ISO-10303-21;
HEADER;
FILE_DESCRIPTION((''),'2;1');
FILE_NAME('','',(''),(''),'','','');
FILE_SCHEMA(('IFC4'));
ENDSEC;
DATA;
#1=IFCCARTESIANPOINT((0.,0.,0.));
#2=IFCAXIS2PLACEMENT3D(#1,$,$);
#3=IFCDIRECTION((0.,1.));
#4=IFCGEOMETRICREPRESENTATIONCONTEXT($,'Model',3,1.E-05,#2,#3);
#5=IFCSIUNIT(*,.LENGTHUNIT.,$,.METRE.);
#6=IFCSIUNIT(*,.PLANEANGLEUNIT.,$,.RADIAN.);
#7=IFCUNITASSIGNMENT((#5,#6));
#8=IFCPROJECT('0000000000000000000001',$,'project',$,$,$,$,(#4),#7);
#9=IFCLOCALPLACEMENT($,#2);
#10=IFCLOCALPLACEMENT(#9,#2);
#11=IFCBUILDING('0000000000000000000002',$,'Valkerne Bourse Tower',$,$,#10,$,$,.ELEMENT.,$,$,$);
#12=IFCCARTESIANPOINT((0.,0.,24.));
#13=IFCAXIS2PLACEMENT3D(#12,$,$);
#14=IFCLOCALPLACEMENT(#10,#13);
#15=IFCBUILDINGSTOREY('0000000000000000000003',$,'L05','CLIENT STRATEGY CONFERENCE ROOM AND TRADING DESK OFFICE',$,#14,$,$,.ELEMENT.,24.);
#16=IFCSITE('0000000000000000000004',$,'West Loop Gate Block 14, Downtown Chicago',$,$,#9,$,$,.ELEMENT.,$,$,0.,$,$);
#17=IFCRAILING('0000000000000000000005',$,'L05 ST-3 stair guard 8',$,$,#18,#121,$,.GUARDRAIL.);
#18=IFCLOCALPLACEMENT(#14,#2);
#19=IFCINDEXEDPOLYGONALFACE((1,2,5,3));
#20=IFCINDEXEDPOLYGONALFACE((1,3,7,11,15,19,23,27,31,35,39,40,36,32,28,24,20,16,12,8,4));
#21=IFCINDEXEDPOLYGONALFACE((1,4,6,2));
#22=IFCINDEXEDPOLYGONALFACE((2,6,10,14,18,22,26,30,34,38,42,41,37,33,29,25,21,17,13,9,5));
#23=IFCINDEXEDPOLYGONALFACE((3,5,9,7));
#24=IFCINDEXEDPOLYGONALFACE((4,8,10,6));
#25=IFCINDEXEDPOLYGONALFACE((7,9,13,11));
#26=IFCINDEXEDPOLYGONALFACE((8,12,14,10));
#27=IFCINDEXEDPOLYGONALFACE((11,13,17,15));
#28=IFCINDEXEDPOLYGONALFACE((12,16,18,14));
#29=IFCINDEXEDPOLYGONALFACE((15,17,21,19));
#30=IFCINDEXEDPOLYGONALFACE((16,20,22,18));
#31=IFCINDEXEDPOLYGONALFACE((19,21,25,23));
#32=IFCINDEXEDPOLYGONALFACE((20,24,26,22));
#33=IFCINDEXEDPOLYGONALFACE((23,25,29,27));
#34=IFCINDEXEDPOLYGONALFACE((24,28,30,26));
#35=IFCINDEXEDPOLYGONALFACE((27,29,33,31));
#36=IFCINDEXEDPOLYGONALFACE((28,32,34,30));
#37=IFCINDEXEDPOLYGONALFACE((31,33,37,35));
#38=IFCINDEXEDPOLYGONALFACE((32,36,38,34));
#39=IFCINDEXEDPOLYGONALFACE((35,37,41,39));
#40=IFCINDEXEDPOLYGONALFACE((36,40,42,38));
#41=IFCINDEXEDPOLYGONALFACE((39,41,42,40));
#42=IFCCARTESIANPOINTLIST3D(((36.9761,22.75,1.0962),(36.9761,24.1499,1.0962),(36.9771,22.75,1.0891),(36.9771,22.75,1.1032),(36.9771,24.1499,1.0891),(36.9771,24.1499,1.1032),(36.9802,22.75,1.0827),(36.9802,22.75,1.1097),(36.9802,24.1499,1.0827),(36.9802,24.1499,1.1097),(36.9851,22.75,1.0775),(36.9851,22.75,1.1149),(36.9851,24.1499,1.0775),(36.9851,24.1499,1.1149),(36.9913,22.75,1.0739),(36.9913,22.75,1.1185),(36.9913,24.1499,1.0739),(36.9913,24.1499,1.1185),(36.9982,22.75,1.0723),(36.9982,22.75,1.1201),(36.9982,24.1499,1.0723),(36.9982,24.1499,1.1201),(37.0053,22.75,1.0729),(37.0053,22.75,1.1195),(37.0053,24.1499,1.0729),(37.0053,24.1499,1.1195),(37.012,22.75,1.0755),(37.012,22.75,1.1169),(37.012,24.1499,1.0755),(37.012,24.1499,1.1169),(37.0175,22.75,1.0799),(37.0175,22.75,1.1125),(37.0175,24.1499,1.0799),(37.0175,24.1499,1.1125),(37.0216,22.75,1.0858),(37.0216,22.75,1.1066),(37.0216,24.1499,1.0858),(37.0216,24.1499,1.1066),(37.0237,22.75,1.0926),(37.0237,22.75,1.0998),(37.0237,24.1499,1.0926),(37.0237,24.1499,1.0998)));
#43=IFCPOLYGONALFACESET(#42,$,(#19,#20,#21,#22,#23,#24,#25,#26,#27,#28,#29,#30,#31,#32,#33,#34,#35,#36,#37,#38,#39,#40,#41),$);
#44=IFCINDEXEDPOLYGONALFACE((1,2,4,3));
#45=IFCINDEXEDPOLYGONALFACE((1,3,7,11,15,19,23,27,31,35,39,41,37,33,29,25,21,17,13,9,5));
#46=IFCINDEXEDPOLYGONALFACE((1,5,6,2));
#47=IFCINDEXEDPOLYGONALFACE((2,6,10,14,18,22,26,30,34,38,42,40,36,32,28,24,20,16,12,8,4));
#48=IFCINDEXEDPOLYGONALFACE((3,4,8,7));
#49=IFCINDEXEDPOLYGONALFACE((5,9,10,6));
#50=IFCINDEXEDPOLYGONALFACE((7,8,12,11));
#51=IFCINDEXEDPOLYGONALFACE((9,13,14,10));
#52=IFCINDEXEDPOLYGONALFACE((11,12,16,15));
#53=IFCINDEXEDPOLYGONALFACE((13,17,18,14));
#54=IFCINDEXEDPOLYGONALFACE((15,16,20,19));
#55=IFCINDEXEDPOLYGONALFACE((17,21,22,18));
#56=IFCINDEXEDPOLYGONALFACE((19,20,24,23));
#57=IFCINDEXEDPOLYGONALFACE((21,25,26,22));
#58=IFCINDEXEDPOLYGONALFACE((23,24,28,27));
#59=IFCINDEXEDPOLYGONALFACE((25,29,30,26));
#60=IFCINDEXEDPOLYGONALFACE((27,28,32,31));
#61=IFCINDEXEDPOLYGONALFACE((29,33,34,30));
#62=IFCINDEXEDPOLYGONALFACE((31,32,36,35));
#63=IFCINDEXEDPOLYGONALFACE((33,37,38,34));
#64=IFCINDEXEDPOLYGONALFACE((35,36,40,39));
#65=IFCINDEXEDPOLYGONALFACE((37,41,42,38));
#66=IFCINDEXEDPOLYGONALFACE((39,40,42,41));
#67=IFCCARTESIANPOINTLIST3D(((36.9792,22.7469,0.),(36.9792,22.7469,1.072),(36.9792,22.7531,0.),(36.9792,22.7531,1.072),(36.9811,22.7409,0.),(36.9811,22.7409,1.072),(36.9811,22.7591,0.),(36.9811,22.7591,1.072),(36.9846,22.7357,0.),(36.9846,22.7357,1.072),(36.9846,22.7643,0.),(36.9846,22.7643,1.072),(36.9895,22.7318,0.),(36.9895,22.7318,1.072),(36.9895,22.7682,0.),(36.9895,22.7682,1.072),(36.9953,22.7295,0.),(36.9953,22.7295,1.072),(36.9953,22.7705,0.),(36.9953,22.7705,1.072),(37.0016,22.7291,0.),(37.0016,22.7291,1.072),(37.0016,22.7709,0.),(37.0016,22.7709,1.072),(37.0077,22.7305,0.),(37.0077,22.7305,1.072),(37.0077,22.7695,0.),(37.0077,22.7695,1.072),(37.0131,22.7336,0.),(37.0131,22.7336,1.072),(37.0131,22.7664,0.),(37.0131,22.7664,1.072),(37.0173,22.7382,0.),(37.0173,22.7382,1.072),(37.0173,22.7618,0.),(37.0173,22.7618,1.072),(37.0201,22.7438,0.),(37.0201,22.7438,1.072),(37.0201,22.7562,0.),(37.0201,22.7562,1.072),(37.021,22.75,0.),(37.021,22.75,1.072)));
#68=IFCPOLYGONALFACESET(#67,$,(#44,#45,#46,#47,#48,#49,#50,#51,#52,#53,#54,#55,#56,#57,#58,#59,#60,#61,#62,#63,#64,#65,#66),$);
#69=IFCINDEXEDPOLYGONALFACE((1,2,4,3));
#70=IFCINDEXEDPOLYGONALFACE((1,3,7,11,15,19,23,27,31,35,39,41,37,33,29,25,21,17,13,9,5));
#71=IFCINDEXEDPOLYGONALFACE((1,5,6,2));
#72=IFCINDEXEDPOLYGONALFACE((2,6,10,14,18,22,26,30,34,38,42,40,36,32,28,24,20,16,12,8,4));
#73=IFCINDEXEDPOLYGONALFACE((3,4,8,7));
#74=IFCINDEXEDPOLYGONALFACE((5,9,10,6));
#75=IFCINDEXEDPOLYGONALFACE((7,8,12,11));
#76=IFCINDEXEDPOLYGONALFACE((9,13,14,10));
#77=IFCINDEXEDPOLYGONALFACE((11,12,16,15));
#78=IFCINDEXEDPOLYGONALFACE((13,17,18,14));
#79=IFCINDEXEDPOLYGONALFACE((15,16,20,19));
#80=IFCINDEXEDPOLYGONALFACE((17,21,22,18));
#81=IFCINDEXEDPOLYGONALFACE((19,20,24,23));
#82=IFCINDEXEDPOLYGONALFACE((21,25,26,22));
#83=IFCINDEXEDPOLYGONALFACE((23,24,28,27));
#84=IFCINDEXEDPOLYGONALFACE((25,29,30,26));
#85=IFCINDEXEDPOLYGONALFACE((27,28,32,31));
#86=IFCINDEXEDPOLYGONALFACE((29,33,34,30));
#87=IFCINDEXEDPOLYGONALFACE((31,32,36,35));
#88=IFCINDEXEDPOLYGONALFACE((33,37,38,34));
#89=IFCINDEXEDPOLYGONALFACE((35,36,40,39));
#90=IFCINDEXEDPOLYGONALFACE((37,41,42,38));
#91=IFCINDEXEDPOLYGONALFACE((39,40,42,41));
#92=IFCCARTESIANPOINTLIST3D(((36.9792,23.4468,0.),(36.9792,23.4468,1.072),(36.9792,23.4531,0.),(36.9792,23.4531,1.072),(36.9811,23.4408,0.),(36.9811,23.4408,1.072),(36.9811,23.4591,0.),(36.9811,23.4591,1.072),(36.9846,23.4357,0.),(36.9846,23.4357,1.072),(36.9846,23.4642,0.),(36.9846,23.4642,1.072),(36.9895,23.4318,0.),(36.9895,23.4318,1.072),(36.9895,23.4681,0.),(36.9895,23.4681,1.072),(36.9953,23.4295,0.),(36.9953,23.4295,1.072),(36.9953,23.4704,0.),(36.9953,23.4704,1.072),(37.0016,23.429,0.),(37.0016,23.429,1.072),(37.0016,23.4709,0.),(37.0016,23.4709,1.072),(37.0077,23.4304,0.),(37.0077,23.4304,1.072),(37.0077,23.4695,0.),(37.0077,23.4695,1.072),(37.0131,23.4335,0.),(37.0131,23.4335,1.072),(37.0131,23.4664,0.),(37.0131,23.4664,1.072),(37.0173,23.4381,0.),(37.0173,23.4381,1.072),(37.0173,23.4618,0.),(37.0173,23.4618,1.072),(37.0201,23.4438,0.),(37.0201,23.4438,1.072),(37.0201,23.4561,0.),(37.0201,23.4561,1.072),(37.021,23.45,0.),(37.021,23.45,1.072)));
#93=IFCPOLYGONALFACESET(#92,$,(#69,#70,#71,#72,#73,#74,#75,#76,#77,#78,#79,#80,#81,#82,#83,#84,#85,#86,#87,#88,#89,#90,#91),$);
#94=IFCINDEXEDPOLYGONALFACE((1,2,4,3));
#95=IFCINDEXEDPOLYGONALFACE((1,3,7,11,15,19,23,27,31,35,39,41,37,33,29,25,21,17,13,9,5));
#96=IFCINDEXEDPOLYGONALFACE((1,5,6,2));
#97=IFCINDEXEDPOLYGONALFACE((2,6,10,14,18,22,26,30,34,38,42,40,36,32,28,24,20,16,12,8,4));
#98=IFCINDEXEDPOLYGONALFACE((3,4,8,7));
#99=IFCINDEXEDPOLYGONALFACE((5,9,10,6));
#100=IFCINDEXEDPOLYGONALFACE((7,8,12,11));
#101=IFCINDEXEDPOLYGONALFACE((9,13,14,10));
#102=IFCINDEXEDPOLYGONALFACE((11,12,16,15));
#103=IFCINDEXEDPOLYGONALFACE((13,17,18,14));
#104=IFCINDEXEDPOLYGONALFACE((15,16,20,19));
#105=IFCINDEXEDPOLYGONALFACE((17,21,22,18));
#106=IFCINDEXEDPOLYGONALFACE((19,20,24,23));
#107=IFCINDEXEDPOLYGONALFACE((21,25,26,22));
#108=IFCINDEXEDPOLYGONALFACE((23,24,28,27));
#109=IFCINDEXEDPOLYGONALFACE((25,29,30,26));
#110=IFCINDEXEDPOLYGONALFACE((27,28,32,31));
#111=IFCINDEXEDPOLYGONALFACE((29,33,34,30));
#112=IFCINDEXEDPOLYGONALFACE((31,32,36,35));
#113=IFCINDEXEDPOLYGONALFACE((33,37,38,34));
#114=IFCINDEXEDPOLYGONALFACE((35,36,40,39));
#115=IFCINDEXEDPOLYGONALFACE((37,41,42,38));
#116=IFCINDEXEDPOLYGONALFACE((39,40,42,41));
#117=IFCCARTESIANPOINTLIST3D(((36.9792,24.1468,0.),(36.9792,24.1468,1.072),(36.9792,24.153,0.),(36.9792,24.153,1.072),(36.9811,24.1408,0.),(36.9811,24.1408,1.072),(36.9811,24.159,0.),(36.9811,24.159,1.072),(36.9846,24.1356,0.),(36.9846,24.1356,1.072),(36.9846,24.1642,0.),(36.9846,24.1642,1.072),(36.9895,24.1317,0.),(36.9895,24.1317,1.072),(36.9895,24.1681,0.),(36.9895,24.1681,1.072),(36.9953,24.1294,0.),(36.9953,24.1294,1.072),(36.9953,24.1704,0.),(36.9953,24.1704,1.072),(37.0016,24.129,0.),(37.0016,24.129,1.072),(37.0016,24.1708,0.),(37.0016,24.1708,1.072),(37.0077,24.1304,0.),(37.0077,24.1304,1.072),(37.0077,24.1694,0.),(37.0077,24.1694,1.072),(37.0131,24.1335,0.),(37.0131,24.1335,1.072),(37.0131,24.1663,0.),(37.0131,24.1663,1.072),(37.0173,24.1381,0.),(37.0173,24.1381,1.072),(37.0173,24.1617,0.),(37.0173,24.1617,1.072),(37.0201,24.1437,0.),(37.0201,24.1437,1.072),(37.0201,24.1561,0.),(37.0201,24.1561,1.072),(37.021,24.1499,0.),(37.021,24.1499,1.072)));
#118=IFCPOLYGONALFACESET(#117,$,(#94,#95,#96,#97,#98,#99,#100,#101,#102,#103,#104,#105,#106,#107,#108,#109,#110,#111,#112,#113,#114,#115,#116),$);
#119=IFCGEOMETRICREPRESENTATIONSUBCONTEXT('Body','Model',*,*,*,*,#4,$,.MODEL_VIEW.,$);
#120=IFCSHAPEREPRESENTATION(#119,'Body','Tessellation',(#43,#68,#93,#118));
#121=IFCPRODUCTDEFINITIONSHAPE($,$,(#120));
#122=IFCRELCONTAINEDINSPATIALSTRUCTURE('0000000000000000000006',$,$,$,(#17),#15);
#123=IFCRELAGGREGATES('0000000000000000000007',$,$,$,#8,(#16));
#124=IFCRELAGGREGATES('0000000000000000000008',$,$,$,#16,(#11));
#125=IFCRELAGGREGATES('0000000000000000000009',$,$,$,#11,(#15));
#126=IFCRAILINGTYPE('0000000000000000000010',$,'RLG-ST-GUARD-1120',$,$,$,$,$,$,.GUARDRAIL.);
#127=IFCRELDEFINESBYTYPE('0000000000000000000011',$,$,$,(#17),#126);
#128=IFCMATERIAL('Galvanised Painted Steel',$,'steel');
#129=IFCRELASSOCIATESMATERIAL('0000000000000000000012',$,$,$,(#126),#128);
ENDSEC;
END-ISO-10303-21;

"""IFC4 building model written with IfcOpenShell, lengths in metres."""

from ifc_helpers import new_model, si_unit, direction, frame, origin, origin_2d, place, context, subcontext, project, spatial, circle, extrude, material, type_object, element, save


model = new_model("IFC4")

# Units and contexts
model_context = context("Model", 3, precision=1e-05, world=origin(), true_north=direction((0.0, 1.0)))
body_context = subcontext(model_context, "Body", "Model", "MODEL_VIEW")
ifc_project = project(units=[si_unit("LENGTHUNIT", "METRE"), si_unit("PLANEANGLEUNIT", "RADIAN")], contexts=[model_context])

# Site, building, storey
site_placement = place(None, origin())
site = spatial("IfcSite", under=ifc_project, at=site_placement, Name="West Loop Gate Block 14, Downtown Chicago", CompositionType="ELEMENT", RefElevation=0.0)
building_placement = place(site_placement, origin())
building = spatial("IfcBuilding", under=site, at=building_placement, Name="Valkerne Bourse Tower", CompositionType="ELEMENT")
storey_placement = place(building_placement, frame((0.0, 0.0, 24.0)))
storey = spatial("IfcBuildingStorey", under=building, at=storey_placement, Name="L05", Description="CLIENT STRATEGY CONFERENCE ROOM AND TRADING DESK OFFICE", CompositionType="ELEMENT", Elevation=24.0)

# Shared definitions
ifc_material_1 = material(Name="Galvanised Painted Steel", Category="steel")

# Railing
railing_type_1 = type_object("IfcRailingType", Name="RLG-ST-GUARD-1120", PredefinedType="GUARDRAIL", material=ifc_material_1)
railing_1_placement = place(storey_placement, frame((37.0, 22.75, 0.0)))
element("IfcRailing", 1, at=railing_1_placement, inside=storey, type_object=railing_type_1, Name="L05 ST-3 stair guard 8", PredefinedType="GUARDRAIL", context=body_context, shape_type="SweptSolid", body=[
    extrude(circle(Radius=0.0239, at=origin_2d()), frame((0.0, 0.0, 1.0962), z_axis=(0.0, 1.0, 0.0), x_axis=(-1.0, 0.0, 0.0)), (0.0, 0.0, 1.0), 1.3999),
    extrude(circle(Radius=0.021, at=origin_2d()), origin(), (0.0, 0.0, 1.0), 1.072),
    extrude(circle(Radius=0.021, at=origin_2d()), frame((0.0, 0.7, 0.0)), (0.0, 0.0, 1.0), 1.072),
    extrude(circle(Radius=0.021, at=origin_2d()), frame((0.0, 1.3999, 0.0)), (0.0, 0.0, 1.0), 1.072),
])

save(model, "model.ifc")
